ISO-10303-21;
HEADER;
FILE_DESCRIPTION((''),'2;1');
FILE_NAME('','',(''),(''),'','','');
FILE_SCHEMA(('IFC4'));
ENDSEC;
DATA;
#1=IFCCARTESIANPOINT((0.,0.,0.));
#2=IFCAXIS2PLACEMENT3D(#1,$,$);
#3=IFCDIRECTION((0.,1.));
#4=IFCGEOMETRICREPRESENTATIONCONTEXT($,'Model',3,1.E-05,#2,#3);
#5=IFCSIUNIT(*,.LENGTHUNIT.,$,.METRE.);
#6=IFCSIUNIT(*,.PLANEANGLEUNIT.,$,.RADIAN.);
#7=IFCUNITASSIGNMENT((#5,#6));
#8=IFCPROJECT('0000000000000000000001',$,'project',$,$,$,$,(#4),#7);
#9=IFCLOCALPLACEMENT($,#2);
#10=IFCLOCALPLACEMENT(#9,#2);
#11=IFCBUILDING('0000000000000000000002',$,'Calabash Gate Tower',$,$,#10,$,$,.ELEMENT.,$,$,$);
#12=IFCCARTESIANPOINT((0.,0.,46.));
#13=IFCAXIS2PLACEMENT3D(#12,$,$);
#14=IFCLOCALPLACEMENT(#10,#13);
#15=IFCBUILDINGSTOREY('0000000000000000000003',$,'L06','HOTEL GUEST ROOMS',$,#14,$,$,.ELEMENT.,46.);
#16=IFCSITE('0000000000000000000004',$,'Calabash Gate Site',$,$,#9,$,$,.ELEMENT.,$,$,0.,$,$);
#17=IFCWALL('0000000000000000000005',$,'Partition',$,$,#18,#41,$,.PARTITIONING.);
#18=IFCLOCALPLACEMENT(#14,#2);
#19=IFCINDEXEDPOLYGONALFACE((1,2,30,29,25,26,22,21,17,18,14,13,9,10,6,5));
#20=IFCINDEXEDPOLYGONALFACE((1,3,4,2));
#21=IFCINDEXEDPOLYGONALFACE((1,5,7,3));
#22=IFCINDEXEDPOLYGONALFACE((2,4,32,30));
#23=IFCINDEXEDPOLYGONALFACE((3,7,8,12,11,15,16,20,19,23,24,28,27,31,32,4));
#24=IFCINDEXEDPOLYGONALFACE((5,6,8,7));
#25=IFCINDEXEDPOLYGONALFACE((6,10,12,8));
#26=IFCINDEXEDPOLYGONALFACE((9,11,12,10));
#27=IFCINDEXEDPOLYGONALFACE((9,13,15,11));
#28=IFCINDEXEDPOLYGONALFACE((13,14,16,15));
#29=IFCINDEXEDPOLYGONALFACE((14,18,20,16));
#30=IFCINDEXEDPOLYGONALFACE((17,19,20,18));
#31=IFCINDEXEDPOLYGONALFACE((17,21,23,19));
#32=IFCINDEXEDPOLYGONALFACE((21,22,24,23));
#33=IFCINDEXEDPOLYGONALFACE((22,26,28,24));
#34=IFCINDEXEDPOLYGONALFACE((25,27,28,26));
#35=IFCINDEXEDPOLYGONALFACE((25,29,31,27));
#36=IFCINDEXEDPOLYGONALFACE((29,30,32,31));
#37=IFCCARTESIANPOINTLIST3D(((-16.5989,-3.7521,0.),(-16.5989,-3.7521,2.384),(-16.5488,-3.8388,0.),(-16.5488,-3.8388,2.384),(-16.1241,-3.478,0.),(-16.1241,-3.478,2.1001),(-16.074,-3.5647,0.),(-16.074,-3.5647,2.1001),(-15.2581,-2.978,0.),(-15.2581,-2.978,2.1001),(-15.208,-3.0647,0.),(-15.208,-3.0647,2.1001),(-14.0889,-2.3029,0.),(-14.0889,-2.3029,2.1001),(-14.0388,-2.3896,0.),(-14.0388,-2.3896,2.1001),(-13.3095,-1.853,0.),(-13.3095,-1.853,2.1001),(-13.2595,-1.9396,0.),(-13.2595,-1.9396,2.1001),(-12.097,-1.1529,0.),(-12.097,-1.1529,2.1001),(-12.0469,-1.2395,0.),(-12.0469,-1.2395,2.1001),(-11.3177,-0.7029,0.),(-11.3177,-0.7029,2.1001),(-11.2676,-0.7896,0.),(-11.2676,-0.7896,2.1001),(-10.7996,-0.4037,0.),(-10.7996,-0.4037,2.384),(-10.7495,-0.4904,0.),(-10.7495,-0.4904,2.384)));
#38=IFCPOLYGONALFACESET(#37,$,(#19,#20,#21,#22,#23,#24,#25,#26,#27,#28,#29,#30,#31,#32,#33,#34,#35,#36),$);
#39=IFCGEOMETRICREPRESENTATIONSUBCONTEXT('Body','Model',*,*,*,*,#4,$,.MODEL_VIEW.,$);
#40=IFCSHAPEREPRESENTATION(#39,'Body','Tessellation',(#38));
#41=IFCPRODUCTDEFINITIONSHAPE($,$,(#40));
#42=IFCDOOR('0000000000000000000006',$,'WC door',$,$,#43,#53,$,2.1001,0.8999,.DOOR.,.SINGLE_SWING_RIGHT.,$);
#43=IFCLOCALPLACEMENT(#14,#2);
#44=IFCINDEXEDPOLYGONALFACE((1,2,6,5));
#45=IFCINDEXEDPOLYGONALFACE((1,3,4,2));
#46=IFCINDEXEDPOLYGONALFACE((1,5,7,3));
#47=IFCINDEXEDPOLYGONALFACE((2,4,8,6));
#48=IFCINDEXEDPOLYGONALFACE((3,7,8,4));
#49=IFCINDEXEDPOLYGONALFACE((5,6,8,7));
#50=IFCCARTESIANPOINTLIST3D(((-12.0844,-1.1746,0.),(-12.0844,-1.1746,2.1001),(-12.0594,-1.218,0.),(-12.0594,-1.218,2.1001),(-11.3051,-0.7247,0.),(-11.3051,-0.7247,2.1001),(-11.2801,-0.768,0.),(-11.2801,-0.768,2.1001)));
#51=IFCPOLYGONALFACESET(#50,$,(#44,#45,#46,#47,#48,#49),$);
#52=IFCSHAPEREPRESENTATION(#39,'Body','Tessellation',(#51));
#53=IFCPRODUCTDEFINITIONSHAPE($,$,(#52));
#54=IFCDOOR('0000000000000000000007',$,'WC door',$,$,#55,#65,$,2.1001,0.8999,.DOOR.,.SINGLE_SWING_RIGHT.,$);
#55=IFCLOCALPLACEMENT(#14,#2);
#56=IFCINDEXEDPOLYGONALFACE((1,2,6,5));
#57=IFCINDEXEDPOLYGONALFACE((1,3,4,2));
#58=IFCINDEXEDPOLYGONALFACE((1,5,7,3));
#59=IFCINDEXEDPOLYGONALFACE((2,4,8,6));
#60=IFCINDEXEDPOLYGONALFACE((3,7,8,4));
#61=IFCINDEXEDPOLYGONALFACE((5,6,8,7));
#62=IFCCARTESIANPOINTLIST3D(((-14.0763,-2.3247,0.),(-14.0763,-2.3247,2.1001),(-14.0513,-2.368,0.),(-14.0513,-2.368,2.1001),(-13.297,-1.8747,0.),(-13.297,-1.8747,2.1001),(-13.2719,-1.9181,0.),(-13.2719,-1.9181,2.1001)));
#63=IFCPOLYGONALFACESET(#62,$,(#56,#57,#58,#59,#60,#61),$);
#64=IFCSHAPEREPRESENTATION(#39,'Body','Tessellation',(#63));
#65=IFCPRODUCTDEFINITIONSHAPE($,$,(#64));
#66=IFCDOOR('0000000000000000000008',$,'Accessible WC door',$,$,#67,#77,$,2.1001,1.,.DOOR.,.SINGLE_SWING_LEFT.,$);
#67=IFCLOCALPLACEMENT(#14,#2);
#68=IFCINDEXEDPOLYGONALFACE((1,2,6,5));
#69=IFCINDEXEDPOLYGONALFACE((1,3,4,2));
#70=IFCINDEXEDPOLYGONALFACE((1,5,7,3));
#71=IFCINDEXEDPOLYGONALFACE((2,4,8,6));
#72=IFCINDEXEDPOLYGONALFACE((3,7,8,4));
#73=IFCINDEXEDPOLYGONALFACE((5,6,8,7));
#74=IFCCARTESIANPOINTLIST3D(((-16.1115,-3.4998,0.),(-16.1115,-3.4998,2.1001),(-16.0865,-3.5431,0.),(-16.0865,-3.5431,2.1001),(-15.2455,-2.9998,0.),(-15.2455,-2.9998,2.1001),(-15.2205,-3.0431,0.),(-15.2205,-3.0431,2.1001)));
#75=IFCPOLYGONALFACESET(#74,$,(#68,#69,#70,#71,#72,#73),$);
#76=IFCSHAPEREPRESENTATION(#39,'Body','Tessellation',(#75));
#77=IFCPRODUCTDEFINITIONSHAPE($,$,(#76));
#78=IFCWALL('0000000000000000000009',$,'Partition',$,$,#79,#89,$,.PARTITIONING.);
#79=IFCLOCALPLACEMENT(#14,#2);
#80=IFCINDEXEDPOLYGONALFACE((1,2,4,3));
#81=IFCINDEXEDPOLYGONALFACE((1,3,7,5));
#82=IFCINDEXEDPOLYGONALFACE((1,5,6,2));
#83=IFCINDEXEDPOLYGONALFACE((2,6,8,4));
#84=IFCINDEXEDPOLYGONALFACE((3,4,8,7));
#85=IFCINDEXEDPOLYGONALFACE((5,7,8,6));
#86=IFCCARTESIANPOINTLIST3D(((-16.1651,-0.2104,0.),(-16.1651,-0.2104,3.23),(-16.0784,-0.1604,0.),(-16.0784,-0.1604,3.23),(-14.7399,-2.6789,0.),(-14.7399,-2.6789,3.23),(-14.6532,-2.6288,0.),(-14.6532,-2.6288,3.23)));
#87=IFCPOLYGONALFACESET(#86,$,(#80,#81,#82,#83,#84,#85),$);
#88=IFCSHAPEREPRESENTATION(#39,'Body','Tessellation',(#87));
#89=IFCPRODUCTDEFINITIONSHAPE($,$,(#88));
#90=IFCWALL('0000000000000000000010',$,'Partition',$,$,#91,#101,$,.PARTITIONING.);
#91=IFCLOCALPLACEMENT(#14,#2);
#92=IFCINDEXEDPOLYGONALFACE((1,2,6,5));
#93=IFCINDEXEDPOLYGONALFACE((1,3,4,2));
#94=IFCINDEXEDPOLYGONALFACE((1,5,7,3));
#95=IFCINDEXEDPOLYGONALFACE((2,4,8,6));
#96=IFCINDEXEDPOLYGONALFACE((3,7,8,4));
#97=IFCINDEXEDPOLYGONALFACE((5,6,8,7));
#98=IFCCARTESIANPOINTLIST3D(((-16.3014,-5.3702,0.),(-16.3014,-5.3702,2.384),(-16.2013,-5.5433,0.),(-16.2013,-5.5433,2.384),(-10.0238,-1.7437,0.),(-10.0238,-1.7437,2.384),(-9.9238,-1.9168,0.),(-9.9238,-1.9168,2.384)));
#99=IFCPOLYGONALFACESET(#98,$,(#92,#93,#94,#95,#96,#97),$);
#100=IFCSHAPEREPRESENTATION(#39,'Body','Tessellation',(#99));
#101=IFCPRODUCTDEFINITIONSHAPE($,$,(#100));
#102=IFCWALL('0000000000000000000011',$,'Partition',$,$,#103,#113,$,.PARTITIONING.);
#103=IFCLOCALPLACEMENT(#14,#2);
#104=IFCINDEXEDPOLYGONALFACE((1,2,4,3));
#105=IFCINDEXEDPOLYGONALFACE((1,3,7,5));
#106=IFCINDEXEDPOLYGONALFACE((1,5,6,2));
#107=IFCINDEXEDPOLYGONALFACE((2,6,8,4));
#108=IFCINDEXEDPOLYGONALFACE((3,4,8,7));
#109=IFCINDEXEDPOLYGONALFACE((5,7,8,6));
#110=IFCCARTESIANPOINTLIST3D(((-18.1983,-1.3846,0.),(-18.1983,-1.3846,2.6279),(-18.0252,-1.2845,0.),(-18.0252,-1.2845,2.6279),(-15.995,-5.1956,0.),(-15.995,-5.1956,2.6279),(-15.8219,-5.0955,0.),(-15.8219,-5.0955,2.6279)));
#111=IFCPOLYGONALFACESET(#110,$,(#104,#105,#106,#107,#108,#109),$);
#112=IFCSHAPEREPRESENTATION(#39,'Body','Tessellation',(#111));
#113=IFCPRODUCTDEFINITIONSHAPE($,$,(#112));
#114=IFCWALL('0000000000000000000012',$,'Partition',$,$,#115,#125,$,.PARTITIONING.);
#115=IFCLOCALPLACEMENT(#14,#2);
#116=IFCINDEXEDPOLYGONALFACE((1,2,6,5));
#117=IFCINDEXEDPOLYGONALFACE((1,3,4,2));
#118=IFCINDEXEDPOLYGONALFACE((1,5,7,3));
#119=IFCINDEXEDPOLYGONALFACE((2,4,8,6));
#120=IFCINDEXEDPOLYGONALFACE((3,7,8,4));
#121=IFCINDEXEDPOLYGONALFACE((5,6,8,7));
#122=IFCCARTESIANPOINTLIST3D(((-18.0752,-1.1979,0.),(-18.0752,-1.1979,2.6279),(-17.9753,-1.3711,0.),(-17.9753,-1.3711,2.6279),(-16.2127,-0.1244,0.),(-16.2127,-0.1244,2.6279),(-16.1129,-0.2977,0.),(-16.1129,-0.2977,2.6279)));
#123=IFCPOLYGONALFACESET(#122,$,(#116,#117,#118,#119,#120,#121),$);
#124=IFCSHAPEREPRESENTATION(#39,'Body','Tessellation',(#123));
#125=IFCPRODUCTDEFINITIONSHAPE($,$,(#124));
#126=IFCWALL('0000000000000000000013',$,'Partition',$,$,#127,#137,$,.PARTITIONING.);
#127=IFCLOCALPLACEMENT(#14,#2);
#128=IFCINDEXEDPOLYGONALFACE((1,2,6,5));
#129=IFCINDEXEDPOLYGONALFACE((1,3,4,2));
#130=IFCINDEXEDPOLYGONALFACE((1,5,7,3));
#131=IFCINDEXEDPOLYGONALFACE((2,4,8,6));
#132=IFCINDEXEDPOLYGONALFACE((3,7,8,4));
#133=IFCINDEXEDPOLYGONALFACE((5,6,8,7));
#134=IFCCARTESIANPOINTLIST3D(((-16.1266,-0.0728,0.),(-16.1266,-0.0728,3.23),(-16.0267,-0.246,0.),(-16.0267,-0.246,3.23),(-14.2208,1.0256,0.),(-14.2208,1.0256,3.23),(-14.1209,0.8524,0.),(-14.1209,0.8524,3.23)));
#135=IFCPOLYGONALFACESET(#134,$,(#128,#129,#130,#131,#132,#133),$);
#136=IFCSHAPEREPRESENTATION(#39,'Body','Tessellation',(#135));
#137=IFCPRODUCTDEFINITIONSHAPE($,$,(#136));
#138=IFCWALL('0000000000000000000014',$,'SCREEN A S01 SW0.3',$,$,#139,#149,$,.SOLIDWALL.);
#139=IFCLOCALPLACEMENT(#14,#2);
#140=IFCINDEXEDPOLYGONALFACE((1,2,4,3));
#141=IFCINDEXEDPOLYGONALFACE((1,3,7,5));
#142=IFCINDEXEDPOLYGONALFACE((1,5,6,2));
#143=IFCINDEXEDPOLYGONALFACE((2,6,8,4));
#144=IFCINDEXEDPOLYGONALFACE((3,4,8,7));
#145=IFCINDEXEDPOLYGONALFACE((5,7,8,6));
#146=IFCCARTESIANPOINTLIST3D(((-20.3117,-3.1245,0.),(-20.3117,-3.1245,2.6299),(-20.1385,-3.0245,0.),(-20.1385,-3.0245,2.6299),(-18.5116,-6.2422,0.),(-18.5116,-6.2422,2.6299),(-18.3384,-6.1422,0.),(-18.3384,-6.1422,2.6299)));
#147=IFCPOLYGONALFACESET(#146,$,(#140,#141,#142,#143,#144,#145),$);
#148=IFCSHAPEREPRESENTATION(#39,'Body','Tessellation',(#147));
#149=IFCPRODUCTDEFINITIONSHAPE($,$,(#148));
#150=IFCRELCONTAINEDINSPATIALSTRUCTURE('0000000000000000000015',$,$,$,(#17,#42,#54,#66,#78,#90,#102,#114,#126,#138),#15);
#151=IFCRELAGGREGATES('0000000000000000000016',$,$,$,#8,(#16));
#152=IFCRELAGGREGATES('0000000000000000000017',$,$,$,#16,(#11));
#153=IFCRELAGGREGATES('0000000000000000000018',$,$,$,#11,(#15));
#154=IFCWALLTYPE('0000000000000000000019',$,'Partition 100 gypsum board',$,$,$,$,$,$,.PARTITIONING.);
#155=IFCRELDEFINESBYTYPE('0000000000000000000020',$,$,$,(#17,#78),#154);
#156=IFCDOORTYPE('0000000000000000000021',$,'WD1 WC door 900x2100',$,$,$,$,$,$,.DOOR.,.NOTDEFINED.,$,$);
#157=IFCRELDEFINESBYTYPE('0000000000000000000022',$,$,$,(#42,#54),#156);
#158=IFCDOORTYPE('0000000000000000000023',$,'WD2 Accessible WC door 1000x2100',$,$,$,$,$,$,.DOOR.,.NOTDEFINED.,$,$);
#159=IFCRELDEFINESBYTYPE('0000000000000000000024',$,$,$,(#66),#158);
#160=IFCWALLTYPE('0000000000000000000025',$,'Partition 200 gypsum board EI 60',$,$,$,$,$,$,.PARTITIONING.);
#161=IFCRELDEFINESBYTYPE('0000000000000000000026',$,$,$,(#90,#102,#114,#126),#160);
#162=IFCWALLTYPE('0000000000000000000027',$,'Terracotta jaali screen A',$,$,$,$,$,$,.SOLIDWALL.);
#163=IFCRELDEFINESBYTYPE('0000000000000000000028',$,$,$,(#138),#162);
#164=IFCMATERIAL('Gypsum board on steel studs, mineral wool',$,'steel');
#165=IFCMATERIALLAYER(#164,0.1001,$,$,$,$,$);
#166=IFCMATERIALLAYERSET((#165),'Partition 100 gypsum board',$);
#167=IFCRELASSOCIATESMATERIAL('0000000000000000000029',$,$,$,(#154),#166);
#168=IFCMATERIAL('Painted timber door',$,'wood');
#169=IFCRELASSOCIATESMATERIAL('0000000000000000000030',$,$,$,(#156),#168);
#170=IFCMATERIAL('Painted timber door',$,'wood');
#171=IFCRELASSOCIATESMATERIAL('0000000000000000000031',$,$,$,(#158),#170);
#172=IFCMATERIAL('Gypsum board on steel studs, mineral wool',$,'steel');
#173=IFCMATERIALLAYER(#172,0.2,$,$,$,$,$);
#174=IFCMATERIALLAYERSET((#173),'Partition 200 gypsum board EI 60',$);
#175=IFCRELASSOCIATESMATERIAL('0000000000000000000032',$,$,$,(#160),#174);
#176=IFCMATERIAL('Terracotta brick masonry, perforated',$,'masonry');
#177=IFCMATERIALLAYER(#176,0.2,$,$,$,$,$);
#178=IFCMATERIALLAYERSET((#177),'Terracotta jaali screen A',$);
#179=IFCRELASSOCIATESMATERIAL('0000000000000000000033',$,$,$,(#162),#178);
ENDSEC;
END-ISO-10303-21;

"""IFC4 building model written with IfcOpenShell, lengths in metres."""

from ifc_helpers import new_model, si_unit, direction, frame, frame_2d, origin, place, context, subcontext, project, spatial, rectangle, extrude, material, layer, layer_set, type_object, element, fill, save


model = new_model("IFC4")

# Units and contexts
model_context = context("Model", 3, precision=1e-05, world=origin(), true_north=direction((0.0, 1.0)))
body_context = subcontext(model_context, "Body", "Model", "MODEL_VIEW")
ifc_project = project(units=[si_unit("LENGTHUNIT", "METRE"), si_unit("PLANEANGLEUNIT", "RADIAN")], contexts=[model_context])

# Site, building, storey
site_placement = place(None, origin())
site = spatial("IfcSite", under=ifc_project, at=site_placement, Name="Calabash Gate Site", CompositionType="ELEMENT", RefElevation=0.0)
building_placement = place(site_placement, origin())
building = spatial("IfcBuilding", under=site, at=building_placement, Name="Calabash Gate Tower", CompositionType="ELEMENT")
storey_placement = place(building_placement, frame((0.0, 0.0, 46.0)))
storey = spatial("IfcBuildingStorey", under=building, at=storey_placement, Name="L06", Description="HOTEL GUEST ROOMS", CompositionType="ELEMENT", Elevation=46.0)

# Wall, openings, doors
ifc_material_1 = material(Name="Gypsum board on steel studs, mineral wool", Category="steel")
ifc_layer_1 = layer(ifc_material_1, 0.1001)
ifc_layer_set_1 = layer_set([ifc_layer_1], Name="Partition 100 gypsum board")
wall_type_1 = type_object("IfcWallType", Name="Partition 100 gypsum board", PredefinedType="PARTITIONING", material=ifc_layer_set_1)
wall_1_placement = place(storey_placement, frame((-16.5737, -3.7954, 0.0), z_axis=(0.0, 0.0, 1.0), x_axis=(0.866016, 0.500017, 0.0)))
wall_1 = element("IfcWall", 1, at=wall_1_placement, inside=storey, type_object=wall_type_1, Name="Partition", PredefinedType="PARTITIONING", context=body_context, shape_type="SweptSolid", body=[
    extrude(rectangle(XDim=6.6965, YDim=0.1001, at=frame_2d((3.3481, 0.0))), origin(), (0.0, 0.0, 1.0), 2.384),
])
opening_1_placement = place(wall_1_placement, frame((5.1982, 0.0, 0.0)))
opening_1 = element("IfcOpeningElement", 2, at=opening_1_placement, cuts=wall_1, PredefinedType="OPENING", context=body_context, shape_type="SweptSolid", body=[
    extrude(rectangle(XDim=0.8999, YDim=2.1001, at=frame_2d((0.45, 1.05))), frame((0.0, 0.0601, 0.0), z_axis=(0.0, -1.0, 0.0), x_axis=(1.0, 0.0, 0.0)), (0.0, 0.0, 1.0), 0.1201),
])
opening_2_placement = place(wall_1_placement, frame((2.8982, 0.0, 0.0)))
opening_2 = element("IfcOpeningElement", 3, at=opening_2_placement, cuts=wall_1, PredefinedType="OPENING", context=body_context, shape_type="SweptSolid", body=[
    extrude(rectangle(XDim=0.8999, YDim=2.1001, at=frame_2d((0.45, 1.05))), frame((0.0, 0.0601, 0.0), z_axis=(0.0, -1.0, 0.0), x_axis=(1.0, 0.0, 0.0)), (0.0, 0.0, 1.0), 0.1201),
])
opening_3_placement = place(wall_1_placement, frame((0.5481, 0.0, 0.0)))
opening_3 = element("IfcOpeningElement", 4, at=opening_3_placement, cuts=wall_1, PredefinedType="OPENING", context=body_context, shape_type="SweptSolid", body=[
    extrude(rectangle(XDim=1.0, YDim=2.1001, at=frame_2d((0.5, 1.05))), frame((0.0, 0.0601, 0.0), z_axis=(0.0, -1.0, 0.0), x_axis=(1.0, 0.0, 0.0)), (0.0, 0.0, 1.0), 0.1201),
])
ifc_material_2 = material(Name="Painted timber door", Category="wood")
door_type_1 = type_object("IfcDoorType", Name="WD1 WC door 900x2100", OperationType="NOTDEFINED", PredefinedType="DOOR", material=ifc_material_2)
door_1_placement = place(opening_1_placement, origin())
door_1 = element("IfcDoor", 5, at=door_1_placement, inside=storey, type_object=door_type_1, Name="WC door", OperationType="SINGLE_SWING_RIGHT", OverallHeight=2.1001, OverallWidth=0.8999, PredefinedType="DOOR", context=body_context, shape_type="SweptSolid", body=[
    extrude(rectangle(XDim=0.8999, YDim=2.1001, at=frame_2d((0.45, 1.05))), frame((0.0, 0.0249, 0.0), z_axis=(0.0, -1.0, 0.0), x_axis=(1.0, 0.0, 0.0)), (0.0, 0.0, 1.0), 0.05),
])
fill(opening_1, door_1)
door_2_placement = place(opening_2_placement, origin())
door_2 = element("IfcDoor", 6, at=door_2_placement, inside=storey, type_object=door_type_1, Name="WC door", OperationType="SINGLE_SWING_RIGHT", OverallHeight=2.1001, OverallWidth=0.8999, PredefinedType="DOOR", context=body_context, shape_type="SweptSolid", body=[
    extrude(rectangle(XDim=0.8999, YDim=2.1001, at=frame_2d((0.45, 1.05))), frame((0.0, 0.0249, 0.0), z_axis=(0.0, -1.0, 0.0), x_axis=(1.0, 0.0, 0.0)), (0.0, 0.0, 1.0), 0.05),
])
fill(opening_2, door_2)
ifc_material_3 = material(Name="Painted timber door", Category="wood")
door_type_2 = type_object("IfcDoorType", Name="WD2 Accessible WC door 1000x2100", OperationType="NOTDEFINED", PredefinedType="DOOR", material=ifc_material_3)
door_3_placement = place(opening_3_placement, origin())
door_3 = element("IfcDoor", 7, at=door_3_placement, inside=storey, type_object=door_type_2, Name="Accessible WC door", OperationType="SINGLE_SWING_LEFT", OverallHeight=2.1001, OverallWidth=1.0, PredefinedType="DOOR", context=body_context, shape_type="SweptSolid", body=[
    extrude(rectangle(XDim=1.0, YDim=2.1001, at=frame_2d((0.5, 1.05))), frame((0.0, 0.0249, 0.0), z_axis=(0.0, -1.0, 0.0), x_axis=(1.0, 0.0, 0.0)), (0.0, 0.0, 1.0), 0.05),
])
fill(opening_3, door_3)

# Walls
wall_2_placement = place(storey_placement, frame((-16.1218, -0.1853, 0.0), z_axis=(0.0, 0.0, 1.0), x_axis=(0.500026, -0.86601, 0.0)))
element("IfcWall", 8, at=wall_2_placement, inside=storey, type_object=wall_type_1, Name="Partition", PredefinedType="PARTITIONING", context=body_context, shape_type="SweptSolid", body=[
    extrude(rectangle(XDim=2.8503, YDim=0.1001, at=frame_2d((1.4253, 0.0))), origin(), (0.0, 0.0, 1.0), 3.23),
])
ifc_material_4 = material(Name="Gypsum board on steel studs, mineral wool", Category="steel")
ifc_layer_2 = layer(ifc_material_4, 0.2)
ifc_layer_set_2 = layer_set([ifc_layer_2], Name="Partition 200 gypsum board EI 60")
wall_type_2 = type_object("IfcWallType", Name="Partition 200 gypsum board EI 60", PredefinedType="PARTITIONING", material=ifc_layer_set_2)
wall_3_placement = place(storey_placement, frame((-16.2515, -5.4568, 0.0), z_axis=(0.0, 0.0, 1.0), x_axis=(0.8659, 0.500217, 0.0)))
element("IfcWall", 9, at=wall_3_placement, inside=storey, type_object=wall_type_2, Name="Partition", PredefinedType="PARTITIONING", context=body_context, shape_type="SweptSolid", body=[
    extrude(rectangle(XDim=7.2498, YDim=0.2, at=frame_2d((3.625, 0.0))), origin(), (0.0, 0.0, 1.0), 2.384),
])
wall_4_placement = place(storey_placement, frame((-18.1118, -1.3345, 0.0), z_axis=(0.0, 0.0, 1.0), x_axis=(0.500522, -0.865724, 0.0)))
element("IfcWall", 10, at=wall_4_placement, inside=storey, type_object=wall_type_2, Name="Partition", PredefinedType="PARTITIONING", context=body_context, shape_type="SweptSolid", body=[
    extrude(rectangle(XDim=4.4021, YDim=0.2, at=frame_2d((2.2012, 0.0))), origin(), (0.0, 0.0, 1.0), 2.6279),
])
wall_5_placement = place(storey_placement, frame((-18.0251, -1.2844, 0.0), z_axis=(0.0, 0.0, 1.0), x_axis=(0.866399, 0.499352, 0.0)))
element("IfcWall", 11, at=wall_5_placement, inside=storey, type_object=wall_type_2, Name="Partition", PredefinedType="PARTITIONING", context=body_context, shape_type="SweptSolid", body=[
    extrude(rectangle(XDim=2.1497, YDim=0.2, at=frame_2d((1.0747, 0.0))), origin(), (0.0, 0.0, 1.0), 2.6279),
])
wall_6_placement = place(storey_placement, frame((-16.0767, -0.1594, 0.0), z_axis=(0.0, 0.0, 1.0), x_axis=(0.8664, 0.499351, 0.0)))
element("IfcWall", 12, at=wall_6_placement, inside=storey, type_object=wall_type_2, Name="Partition", PredefinedType="PARTITIONING", context=body_context, shape_type="SweptSolid", body=[
    extrude(rectangle(XDim=2.1997, YDim=0.2, at=frame_2d((1.0999, 0.0))), origin(), (0.0, 0.0, 1.0), 3.23),
])
ifc_material_5 = material(Name="Terracotta brick masonry, perforated", Category="masonry")
ifc_layer_3 = layer(ifc_material_5, 0.2)
ifc_layer_set_3 = layer_set([ifc_layer_3], Name="Terracotta jaali screen A")
wall_type_3 = type_object("IfcWallType", Name="Terracotta jaali screen A", PredefinedType="SOLIDWALL", material=ifc_layer_set_3)
wall_7_placement = place(storey_placement, frame((-20.2251, -3.0745, 0.0), z_axis=(0.0, 0.0, 1.0), x_axis=(0.500012, -0.866018, 0.0)))
element("IfcWall", 13, at=wall_7_placement, inside=storey, type_object=wall_type_3, Name="SCREEN A S01 SW0.3", PredefinedType="SOLIDWALL", context=body_context, shape_type="SweptSolid", body=[
    extrude(rectangle(XDim=3.6001, YDim=0.2, at=frame_2d((1.8, 0.0))), origin(), (0.0, 0.0, 1.0), 2.6299),
])

save(model, "model.ifc")
